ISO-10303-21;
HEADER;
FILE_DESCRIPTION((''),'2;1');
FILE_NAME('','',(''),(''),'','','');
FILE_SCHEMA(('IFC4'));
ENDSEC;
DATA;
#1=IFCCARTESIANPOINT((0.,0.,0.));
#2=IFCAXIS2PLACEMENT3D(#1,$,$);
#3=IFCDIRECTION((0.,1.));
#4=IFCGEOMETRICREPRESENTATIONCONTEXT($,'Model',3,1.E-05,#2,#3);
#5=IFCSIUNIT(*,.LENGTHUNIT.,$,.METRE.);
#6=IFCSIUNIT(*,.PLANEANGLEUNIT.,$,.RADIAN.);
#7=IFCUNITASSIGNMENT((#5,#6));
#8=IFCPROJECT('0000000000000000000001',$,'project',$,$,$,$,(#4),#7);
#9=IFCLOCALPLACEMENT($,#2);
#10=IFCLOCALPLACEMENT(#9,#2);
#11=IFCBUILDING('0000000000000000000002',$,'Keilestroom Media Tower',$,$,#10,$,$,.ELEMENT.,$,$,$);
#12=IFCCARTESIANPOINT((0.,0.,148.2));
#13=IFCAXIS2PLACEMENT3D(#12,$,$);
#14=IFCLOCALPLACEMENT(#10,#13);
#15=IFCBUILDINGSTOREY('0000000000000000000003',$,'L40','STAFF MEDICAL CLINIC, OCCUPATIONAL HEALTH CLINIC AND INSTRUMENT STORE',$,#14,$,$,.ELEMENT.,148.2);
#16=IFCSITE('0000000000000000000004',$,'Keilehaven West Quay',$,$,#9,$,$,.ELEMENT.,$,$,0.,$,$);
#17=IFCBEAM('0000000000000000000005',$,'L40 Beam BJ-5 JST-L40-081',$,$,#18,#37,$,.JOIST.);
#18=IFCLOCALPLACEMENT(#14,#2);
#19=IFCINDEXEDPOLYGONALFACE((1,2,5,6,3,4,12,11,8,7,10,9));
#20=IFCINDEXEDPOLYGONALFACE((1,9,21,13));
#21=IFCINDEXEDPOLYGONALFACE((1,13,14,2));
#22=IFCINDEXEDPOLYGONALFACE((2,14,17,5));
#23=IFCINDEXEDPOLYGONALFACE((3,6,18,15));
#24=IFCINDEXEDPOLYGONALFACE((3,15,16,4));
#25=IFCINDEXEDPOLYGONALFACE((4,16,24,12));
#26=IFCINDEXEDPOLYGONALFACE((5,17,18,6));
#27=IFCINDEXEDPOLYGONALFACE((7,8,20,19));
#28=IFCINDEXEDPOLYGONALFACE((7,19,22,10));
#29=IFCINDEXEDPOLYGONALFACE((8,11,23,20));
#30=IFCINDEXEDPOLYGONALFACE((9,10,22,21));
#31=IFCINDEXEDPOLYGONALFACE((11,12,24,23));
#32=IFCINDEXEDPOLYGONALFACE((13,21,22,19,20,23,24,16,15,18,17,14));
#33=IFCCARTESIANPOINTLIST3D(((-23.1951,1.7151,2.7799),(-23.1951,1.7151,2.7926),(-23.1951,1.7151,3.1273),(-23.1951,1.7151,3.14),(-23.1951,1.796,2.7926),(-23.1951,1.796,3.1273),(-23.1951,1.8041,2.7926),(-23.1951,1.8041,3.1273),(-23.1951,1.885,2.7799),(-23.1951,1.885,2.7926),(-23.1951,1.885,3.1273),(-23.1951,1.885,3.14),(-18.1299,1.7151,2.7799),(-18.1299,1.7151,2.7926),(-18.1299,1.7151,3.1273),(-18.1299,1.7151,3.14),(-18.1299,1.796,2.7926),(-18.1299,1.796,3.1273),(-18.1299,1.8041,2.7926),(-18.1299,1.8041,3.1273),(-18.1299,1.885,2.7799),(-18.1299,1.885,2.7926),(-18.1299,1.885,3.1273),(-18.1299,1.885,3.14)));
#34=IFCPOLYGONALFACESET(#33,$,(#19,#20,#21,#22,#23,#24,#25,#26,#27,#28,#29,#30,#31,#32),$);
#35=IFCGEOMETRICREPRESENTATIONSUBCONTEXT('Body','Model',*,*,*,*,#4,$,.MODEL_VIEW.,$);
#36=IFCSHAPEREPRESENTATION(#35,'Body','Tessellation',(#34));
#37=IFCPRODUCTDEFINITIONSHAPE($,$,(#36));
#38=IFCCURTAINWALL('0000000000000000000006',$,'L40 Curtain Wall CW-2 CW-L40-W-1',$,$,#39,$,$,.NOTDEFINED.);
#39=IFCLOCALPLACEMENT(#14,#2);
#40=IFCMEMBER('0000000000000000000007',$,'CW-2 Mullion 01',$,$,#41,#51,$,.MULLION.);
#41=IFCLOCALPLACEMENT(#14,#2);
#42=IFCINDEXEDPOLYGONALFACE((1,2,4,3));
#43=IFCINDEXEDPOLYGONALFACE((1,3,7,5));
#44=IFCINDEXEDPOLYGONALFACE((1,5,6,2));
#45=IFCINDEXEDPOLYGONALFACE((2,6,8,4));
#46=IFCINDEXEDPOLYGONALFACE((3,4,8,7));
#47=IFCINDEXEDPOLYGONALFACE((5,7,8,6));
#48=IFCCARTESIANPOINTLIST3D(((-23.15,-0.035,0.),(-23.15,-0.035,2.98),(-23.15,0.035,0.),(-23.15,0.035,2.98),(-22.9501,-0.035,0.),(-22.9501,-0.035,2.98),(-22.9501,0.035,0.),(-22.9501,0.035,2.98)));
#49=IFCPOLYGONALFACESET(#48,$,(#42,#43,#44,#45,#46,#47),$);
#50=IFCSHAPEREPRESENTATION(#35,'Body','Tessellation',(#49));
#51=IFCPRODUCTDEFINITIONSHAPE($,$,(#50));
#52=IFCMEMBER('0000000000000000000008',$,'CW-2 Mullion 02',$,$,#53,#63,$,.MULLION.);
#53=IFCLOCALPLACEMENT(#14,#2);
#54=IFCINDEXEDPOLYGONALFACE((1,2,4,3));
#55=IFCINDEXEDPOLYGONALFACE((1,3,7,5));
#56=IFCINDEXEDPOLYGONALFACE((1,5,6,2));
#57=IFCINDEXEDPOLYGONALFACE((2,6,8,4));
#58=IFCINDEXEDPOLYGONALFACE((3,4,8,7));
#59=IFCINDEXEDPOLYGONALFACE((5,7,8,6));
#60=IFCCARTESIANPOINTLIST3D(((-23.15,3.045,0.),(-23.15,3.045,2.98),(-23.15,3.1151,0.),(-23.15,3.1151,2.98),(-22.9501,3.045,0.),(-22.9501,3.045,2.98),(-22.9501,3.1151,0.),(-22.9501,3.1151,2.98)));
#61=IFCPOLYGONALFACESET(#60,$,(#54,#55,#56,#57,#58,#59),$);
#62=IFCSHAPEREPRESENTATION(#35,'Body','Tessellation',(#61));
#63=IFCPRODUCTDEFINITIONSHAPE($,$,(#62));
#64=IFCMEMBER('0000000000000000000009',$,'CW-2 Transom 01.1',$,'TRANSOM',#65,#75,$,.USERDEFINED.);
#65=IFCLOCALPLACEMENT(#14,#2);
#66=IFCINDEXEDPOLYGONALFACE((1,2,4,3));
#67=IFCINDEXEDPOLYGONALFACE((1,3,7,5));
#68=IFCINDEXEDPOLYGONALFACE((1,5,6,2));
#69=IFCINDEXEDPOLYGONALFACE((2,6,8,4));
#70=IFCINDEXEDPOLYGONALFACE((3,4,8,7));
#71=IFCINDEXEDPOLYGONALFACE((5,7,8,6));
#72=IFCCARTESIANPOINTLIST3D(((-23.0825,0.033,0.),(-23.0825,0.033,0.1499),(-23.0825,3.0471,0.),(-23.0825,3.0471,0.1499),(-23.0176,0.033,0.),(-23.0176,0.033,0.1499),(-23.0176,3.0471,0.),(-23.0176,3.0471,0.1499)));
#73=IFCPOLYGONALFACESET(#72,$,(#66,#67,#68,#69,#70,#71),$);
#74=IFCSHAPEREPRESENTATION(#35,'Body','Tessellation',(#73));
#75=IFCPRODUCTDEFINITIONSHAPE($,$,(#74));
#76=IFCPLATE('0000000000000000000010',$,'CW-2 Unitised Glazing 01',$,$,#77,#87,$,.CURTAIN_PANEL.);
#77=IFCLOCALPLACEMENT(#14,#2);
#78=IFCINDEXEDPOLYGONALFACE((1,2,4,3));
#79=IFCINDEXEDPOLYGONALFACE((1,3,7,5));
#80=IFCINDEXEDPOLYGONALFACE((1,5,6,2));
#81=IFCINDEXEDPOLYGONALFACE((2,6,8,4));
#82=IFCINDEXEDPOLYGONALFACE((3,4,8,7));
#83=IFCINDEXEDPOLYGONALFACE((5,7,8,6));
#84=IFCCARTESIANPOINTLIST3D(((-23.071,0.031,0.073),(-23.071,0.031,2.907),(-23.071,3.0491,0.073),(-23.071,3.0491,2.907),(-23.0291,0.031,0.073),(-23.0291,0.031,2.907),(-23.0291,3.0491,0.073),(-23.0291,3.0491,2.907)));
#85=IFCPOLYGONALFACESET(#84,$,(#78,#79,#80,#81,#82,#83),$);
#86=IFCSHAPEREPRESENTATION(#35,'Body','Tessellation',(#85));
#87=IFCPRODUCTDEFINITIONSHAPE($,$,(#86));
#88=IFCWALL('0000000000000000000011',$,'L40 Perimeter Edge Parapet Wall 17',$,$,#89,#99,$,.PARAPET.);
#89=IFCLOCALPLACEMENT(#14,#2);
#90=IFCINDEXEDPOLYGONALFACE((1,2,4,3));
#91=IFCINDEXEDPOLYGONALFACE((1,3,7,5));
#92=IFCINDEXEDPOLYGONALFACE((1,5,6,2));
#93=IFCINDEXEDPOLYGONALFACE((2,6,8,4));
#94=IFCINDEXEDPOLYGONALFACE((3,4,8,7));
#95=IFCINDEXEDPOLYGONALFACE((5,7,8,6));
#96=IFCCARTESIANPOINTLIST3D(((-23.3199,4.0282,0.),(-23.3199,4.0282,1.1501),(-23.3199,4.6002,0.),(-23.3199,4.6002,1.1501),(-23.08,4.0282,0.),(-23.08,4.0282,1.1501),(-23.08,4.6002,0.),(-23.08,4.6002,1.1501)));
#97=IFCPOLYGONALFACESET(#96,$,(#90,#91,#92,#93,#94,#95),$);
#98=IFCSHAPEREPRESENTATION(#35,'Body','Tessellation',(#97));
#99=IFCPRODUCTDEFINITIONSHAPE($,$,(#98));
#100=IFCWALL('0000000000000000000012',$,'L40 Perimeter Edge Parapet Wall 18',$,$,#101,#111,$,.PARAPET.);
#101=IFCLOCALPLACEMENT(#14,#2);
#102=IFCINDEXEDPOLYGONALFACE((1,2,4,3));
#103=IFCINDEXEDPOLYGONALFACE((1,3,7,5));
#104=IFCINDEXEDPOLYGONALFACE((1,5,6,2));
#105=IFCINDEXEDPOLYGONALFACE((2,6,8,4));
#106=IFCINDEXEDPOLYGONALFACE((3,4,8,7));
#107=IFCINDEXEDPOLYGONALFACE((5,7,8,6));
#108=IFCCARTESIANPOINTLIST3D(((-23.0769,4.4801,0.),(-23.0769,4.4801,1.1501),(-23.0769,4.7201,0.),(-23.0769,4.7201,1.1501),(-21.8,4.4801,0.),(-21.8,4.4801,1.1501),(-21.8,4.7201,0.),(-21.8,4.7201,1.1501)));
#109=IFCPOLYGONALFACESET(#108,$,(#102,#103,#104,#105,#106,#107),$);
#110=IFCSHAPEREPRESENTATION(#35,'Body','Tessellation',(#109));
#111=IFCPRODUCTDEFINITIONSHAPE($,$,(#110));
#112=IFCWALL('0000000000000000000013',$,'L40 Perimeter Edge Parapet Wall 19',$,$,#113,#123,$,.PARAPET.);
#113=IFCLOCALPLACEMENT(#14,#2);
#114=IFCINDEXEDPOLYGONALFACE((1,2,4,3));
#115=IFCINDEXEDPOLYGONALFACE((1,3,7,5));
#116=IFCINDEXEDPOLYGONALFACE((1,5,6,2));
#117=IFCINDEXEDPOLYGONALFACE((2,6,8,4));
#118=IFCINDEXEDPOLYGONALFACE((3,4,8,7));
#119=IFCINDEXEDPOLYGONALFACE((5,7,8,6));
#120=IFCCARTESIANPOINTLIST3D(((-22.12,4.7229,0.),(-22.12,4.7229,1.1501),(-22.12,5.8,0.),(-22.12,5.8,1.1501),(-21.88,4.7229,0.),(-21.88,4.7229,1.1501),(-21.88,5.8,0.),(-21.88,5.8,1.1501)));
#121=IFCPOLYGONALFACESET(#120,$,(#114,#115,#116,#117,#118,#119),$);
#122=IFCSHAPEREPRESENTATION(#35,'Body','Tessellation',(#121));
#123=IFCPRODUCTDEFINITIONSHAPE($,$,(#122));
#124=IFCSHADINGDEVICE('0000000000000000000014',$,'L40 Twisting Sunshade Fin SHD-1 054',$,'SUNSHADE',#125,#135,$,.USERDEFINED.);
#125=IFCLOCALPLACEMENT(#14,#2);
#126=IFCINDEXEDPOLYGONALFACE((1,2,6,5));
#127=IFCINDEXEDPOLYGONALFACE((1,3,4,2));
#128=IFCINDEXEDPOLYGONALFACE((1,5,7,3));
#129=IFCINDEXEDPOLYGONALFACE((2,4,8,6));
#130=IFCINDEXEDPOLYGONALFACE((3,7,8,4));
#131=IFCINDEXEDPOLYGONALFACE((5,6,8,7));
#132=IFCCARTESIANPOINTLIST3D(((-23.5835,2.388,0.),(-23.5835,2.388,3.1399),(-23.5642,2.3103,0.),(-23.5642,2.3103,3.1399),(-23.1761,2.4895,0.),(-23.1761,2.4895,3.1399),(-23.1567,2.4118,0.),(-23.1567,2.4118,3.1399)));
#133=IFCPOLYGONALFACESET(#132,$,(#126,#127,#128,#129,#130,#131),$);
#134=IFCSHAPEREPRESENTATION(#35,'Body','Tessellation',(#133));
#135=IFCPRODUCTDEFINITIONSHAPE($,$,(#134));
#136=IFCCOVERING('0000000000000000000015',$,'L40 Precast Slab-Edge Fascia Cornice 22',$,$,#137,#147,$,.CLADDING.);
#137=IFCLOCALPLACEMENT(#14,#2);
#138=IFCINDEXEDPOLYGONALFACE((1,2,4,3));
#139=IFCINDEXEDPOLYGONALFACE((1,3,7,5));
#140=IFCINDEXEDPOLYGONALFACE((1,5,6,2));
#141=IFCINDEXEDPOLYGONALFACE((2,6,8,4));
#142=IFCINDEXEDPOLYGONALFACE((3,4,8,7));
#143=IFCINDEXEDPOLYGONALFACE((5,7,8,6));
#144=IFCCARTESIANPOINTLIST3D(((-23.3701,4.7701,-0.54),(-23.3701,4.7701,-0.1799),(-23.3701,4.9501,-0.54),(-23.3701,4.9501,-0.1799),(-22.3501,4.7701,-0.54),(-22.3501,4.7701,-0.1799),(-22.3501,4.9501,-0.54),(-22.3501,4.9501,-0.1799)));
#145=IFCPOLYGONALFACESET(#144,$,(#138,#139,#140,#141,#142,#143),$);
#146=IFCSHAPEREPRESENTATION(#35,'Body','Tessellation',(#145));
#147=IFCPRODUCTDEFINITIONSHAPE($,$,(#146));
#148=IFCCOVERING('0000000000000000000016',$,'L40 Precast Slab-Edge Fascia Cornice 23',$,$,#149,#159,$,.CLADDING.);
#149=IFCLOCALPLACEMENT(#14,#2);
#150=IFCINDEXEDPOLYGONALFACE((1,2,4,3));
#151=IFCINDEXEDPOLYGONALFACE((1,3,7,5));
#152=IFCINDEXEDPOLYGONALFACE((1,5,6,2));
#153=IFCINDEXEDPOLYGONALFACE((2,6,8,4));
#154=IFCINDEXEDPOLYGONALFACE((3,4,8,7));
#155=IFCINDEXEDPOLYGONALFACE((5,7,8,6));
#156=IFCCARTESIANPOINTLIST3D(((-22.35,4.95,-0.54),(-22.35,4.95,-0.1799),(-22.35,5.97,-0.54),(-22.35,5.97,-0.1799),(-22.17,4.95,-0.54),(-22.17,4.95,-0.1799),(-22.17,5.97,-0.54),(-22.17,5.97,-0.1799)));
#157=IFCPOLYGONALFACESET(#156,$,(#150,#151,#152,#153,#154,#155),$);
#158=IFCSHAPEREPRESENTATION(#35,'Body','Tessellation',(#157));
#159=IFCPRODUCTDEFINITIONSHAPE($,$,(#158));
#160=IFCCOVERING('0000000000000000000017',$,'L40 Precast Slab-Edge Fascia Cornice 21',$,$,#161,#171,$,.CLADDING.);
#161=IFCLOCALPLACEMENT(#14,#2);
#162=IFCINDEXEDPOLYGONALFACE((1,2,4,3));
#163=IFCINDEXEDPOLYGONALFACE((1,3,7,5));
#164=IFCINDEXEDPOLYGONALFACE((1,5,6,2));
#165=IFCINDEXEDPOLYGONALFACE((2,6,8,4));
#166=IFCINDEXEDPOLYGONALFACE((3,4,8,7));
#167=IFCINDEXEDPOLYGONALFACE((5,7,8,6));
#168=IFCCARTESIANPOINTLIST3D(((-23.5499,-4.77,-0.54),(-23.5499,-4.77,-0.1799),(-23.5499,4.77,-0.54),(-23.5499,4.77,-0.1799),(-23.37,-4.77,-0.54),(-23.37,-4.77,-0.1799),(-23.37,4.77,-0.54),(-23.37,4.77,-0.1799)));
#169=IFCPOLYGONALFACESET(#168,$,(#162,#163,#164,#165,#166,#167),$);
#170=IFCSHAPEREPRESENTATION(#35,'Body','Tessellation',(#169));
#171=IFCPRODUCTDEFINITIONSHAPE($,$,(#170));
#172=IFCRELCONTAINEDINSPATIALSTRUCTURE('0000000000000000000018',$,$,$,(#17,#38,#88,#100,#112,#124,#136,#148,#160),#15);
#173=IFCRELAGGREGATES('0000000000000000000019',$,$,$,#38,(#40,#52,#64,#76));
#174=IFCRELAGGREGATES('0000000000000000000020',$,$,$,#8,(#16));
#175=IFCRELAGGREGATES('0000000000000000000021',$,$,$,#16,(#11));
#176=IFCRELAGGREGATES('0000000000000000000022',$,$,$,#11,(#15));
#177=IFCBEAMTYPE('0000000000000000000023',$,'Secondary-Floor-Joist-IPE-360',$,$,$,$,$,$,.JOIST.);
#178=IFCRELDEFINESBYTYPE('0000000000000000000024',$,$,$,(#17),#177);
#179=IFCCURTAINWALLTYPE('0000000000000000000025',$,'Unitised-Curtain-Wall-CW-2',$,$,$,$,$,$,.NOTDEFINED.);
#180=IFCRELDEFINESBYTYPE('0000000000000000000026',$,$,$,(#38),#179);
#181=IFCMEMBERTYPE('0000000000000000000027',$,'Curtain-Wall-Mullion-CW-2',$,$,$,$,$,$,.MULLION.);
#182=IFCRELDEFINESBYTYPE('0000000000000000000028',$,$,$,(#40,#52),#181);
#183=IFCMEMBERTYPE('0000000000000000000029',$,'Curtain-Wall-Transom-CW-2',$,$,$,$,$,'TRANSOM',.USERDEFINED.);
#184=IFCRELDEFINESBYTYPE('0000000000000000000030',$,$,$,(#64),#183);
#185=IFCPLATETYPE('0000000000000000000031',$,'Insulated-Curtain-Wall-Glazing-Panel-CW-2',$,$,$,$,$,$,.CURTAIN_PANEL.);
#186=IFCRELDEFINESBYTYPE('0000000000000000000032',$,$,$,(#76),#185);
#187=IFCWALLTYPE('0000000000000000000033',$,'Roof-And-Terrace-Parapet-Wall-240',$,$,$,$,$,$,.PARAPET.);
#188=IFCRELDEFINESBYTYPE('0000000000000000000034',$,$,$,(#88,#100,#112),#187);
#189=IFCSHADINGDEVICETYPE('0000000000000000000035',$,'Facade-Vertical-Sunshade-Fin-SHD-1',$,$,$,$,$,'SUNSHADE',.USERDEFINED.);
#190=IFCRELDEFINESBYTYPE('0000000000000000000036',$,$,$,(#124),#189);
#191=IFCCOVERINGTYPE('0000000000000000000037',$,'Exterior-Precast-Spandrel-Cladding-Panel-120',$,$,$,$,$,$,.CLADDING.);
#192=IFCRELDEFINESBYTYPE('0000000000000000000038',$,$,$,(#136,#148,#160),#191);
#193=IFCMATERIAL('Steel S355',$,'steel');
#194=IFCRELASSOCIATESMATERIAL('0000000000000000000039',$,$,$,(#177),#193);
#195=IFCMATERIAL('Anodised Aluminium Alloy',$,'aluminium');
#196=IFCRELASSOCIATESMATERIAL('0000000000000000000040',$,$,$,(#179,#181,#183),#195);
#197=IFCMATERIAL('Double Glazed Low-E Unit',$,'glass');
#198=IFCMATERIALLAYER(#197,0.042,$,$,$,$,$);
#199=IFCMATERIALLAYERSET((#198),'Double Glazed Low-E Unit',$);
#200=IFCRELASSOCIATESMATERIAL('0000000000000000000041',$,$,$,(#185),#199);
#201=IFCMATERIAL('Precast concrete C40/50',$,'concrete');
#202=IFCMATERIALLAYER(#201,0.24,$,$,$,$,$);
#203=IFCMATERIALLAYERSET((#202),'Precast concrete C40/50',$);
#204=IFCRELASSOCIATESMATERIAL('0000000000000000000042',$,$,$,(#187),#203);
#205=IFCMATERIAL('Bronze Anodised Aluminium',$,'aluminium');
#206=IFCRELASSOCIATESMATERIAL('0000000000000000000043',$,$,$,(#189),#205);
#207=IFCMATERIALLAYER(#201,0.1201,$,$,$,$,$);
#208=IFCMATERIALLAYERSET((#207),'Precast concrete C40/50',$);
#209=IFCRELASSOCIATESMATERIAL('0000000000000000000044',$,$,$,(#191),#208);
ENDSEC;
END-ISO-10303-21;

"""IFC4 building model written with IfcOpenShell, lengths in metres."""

from ifc_helpers import new_model, si_unit, direction, frame, frame_2d, origin, origin_2d, place, context, subcontext, project, spatial, rectangle, i_section, extrude, source, transform, mapped, material, layer, layer_set, material_profile, profile_set, type_object, element, aggregate, save


model = new_model("IFC4")

# Units and contexts
model_context = context("Model", 3, precision=1e-05, world=origin(), true_north=direction((0.0, 1.0)))
body_context = subcontext(model_context, "Body", "Model", "MODEL_VIEW")
ifc_project = project(units=[si_unit("LENGTHUNIT", "METRE"), si_unit("PLANEANGLEUNIT", "RADIAN")], contexts=[model_context])

# Site, building, storey
site_placement = place(None, origin())
site = spatial("IfcSite", under=ifc_project, at=site_placement, Name="Keilehaven West Quay", CompositionType="ELEMENT", RefElevation=0.0)
building_placement = place(site_placement, origin())
building = spatial("IfcBuilding", under=site, at=building_placement, Name="Keilestroom Media Tower", CompositionType="ELEMENT")
storey_placement = place(building_placement, frame((0.0, 0.0, 148.2)))
storey = spatial("IfcBuildingStorey", under=building, at=storey_placement, Name="L40", Description="STAFF MEDICAL CLINIC, OCCUPATIONAL HEALTH CLINIC AND INSTRUMENT STORE", CompositionType="ELEMENT", Elevation=148.2)

# Shared definitions
ifc_material_1 = material(Name="Precast concrete C40/50", Category="concrete")
ifc_material_2 = material(Name="Steel S355", Category="steel")

# Beam
ifc_material_profile_1 = material_profile(ifc_material_2, i_section(OverallWidth=0.1699, OverallDepth=0.3601, WebThickness=0.0081, FlangeThickness=0.0127, at=origin_2d()), Name="IPE 360")
ifc_profile_set_1 = profile_set([ifc_material_profile_1], Name="Steel S355")
beam_type_1 = type_object("IfcBeamType", Name="Secondary-Floor-Joist-IPE-360", PredefinedType="JOIST", material=ifc_profile_set_1)
shared_shape_1 = source(origin(), body_context, "Body", "SweptSolid", [
    extrude(i_section(OverallWidth=0.1699, OverallDepth=0.3601, WebThickness=0.0081, FlangeThickness=0.0127, at=origin_2d()), origin(), (0.0, 0.0, 1.0), 5.0652),
])
for number, where, z_axis, x_axis, name in (
    (1, (-23.1951, 1.8, 2.96), (1.0, 0.0, 0.0), (0.0, 1.0, 0.0), "L40 Beam BJ-5 JST-L40-081"),
):
    element("IfcBeam", number, at=place(storey_placement, frame(where, z_axis=z_axis, x_axis=x_axis)), inside=storey, type_object=beam_type_1, Name=name, PredefinedType="JOIST", context=body_context, shape_type="MappedRepresentation", body=[
        mapped(shared_shape_1, transform((0.0, 0.0, 0.0), x_axis=(1.0, 0.0, 0.0), y_axis=(0.0, 1.0, 0.0), z_axis=(0.0, 0.0, 1.0), scale=1.0)),
    ])

# Curtain wall, members, plate
ifc_material_3 = material(Name="Anodised Aluminium Alloy", Category="aluminium")
curtain_wall_type = type_object("IfcCurtainWallType", Name="Unitised-Curtain-Wall-CW-2", PredefinedType="NOTDEFINED", material=ifc_material_3)
curtain_wall_placement = place(storey_placement, origin())
curtain_wall = element("IfcCurtainWall", 2, at=curtain_wall_placement, inside=storey, type_object=curtain_wall_type, Name="L40 Curtain Wall CW-2 CW-L40-W-1", PredefinedType="NOTDEFINED")
ifc_material_profile_2 = material_profile(ifc_material_3, rectangle(XDim=0.0701, YDim=0.2, at=origin_2d()), Name="ALU MULLION 70x200")
ifc_profile_set_2 = profile_set([ifc_material_profile_2], Name="Anodised Aluminium Alloy")
member_type_1 = type_object("IfcMemberType", Name="Curtain-Wall-Mullion-CW-2", PredefinedType="MULLION", material=ifc_profile_set_2)
shared_shape_2 = source(origin(), body_context, "Body", "SweptSolid", [
    extrude(rectangle(XDim=0.0701, YDim=0.2, at=origin_2d()), origin(), (0.0, 0.0, 1.0), 2.98),
])
member_1_placement = place(storey_placement, frame((-23.05, 0.0, 0.0), z_axis=(0.0, 0.0, 1.0), x_axis=(0.0, 1.0, 0.0)))
member_1 = element("IfcMember", 3, at=member_1_placement, type_object=member_type_1, Name="CW-2 Mullion 01", PredefinedType="MULLION", context=body_context, shape_type="MappedRepresentation", body=[
    mapped(shared_shape_2, transform((0.0, 0.0, 0.0), x_axis=(1.0, 0.0, 0.0), y_axis=(0.0, 1.0, 0.0), z_axis=(0.0, 0.0, 1.0), scale=1.0)),
])
member_2_placement = place(storey_placement, frame((-23.05, 3.0801, 0.0), z_axis=(0.0, 0.0, 1.0), x_axis=(0.0, 1.0, 0.0)))
member_2 = element("IfcMember", 4, at=member_2_placement, type_object=member_type_1, Name="CW-2 Mullion 02", PredefinedType="MULLION", context=body_context, shape_type="MappedRepresentation", body=[
    mapped(shared_shape_2, transform((0.0, 0.0, 0.0), x_axis=(1.0, 0.0, 0.0), y_axis=(0.0, 1.0, 0.0), z_axis=(0.0, 0.0, 1.0), scale=1.0)),
])
ifc_material_profile_3 = material_profile(ifc_material_3, rectangle(XDim=0.0649, YDim=0.1499, at=origin_2d()), Name="ALU TRANSOM 65x150")
ifc_profile_set_3 = profile_set([ifc_material_profile_3], Name="Anodised Aluminium Alloy")
member_type_2 = type_object("IfcMemberType", Name="Curtain-Wall-Transom-CW-2", ElementType="TRANSOM", PredefinedType="USERDEFINED", material=ifc_profile_set_3)
shared_shape_3 = source(origin(), body_context, "Body", "SweptSolid", [
    extrude(rectangle(XDim=0.0649, YDim=0.1499, at=origin_2d()), origin(), (0.0, 0.0, 1.0), 3.0142),
])
member_3_placement = place(storey_placement, frame((-23.05, 0.033, 0.075), z_axis=(0.0, 1.0, 0.0), x_axis=(-1.0, 0.0, 0.0)))
member_3 = element("IfcMember", 5, at=member_3_placement, type_object=member_type_2, Name="CW-2 Transom 01.1", ObjectType="TRANSOM", PredefinedType="USERDEFINED", context=body_context, shape_type="MappedRepresentation", body=[
    mapped(shared_shape_3, transform((0.0, 0.0, 0.0), x_axis=(1.0, 0.0, 0.0), y_axis=(0.0, 1.0, 0.0), z_axis=(0.0, 0.0, 1.0), scale=1.0)),
])
ifc_material_4 = material(Name="Double Glazed Low-E Unit", Category="glass")
ifc_layer_1 = layer(ifc_material_4, 0.042)
ifc_layer_set_1 = layer_set([ifc_layer_1], Name="Double Glazed Low-E Unit")
plate_type = type_object("IfcPlateType", Name="Insulated-Curtain-Wall-Glazing-Panel-CW-2", PredefinedType="CURTAIN_PANEL", material=ifc_layer_set_1)
shared_shape_4 = source(origin(), body_context, "Body", "SweptSolid", [
    extrude(rectangle(XDim=3.0181, YDim=0.042, at=origin_2d()), origin(), (0.0, 0.0, 1.0), 2.834),
])
plate_placement = place(storey_placement, frame((-23.05, 1.54, 0.073), z_axis=(0.0, 0.0, 1.0), x_axis=(0.0, 1.0, 0.0)))
plate = element("IfcPlate", 6, at=plate_placement, type_object=plate_type, Name="CW-2 Unitised Glazing 01", PredefinedType="CURTAIN_PANEL", context=body_context, shape_type="MappedRepresentation", body=[
    mapped(shared_shape_4, transform((0.0, 0.0, 0.0), x_axis=(1.0, 0.0, 0.0), y_axis=(0.0, 1.0, 0.0), z_axis=(0.0, 0.0, 1.0), scale=1.0)),
])
aggregate(curtain_wall, [member_1, member_2, member_3, plate])

# Walls
ifc_layer_2 = layer(ifc_material_1, 0.24)
ifc_layer_set_2 = layer_set([ifc_layer_2], Name="Precast concrete C40/50")
wall_type = type_object("IfcWallType", Name="Roof-And-Terrace-Parapet-Wall-240", PredefinedType="PARAPET", material=ifc_layer_set_2)
wall_1_placement = place(storey_placement, frame((-23.2, 4.0281, 0.0), z_axis=(0.0, 0.0, 1.0), x_axis=(0.0, 1.0, 0.0)))
element("IfcWall", 7, at=wall_1_placement, inside=storey, type_object=wall_type, Name="L40 Perimeter Edge Parapet Wall 17", PredefinedType="PARAPET", context=body_context, shape_type="SweptSolid", body=[
    extrude(rectangle(XDim=0.572, YDim=0.24, at=frame_2d((0.2861, 0.0))), origin(), (0.0, 0.0, 1.0), 1.1501),
])
wall_2_placement = place(storey_placement, frame((-23.0769, 4.6001, 0.0), z_axis=(0.0, 0.0, 1.0), x_axis=(1.0, 0.0, 0.0)))
element("IfcWall", 8, at=wall_2_placement, inside=storey, type_object=wall_type, Name="L40 Perimeter Edge Parapet Wall 18", PredefinedType="PARAPET", context=body_context, shape_type="SweptSolid", body=[
    extrude(rectangle(XDim=1.2769, YDim=0.24, at=frame_2d((0.6384, 0.0))), origin(), (0.0, 0.0, 1.0), 1.1501),
])
wall_3_placement = place(storey_placement, frame((-22.0, 4.7229, 0.0), z_axis=(0.0, 0.0, 1.0), x_axis=(0.0, 1.0, 0.0)))
element("IfcWall", 9, at=wall_3_placement, inside=storey, type_object=wall_type, Name="L40 Perimeter Edge Parapet Wall 19", PredefinedType="PARAPET", context=body_context, shape_type="SweptSolid", body=[
    extrude(rectangle(XDim=1.0771, YDim=0.24, at=frame_2d((0.5386, 0.0))), origin(), (0.0, 0.0, 1.0), 1.1501),
])

# Shading device
ifc_material_5 = material(Name="Bronze Anodised Aluminium", Category="aluminium")
shading_device_type = type_object("IfcShadingDeviceType", Name="Facade-Vertical-Sunshade-Fin-SHD-1", ElementType="SUNSHADE", PredefinedType="USERDEFINED", material=ifc_material_5)
shared_shape_5 = source(origin(), body_context, "Body", "SweptSolid", [
    extrude(rectangle(XDim=0.4199, YDim=0.0801, at=origin_2d()), origin(), (0.0, 0.0, 1.0), 3.1399),
])
shading_device_placement = place(storey_placement, frame((-23.3701, 2.3999, 0.0), z_axis=(0.0, 0.0, 1.0), x_axis=(0.970296, 0.241922, 0.0)))
element("IfcShadingDevice", 10, at=shading_device_placement, inside=storey, type_object=shading_device_type, Name="L40 Twisting Sunshade Fin SHD-1 054", ObjectType="SUNSHADE", PredefinedType="USERDEFINED", context=body_context, shape_type="MappedRepresentation", body=[
    mapped(shared_shape_5, transform((0.0, 0.0, 0.0), x_axis=(1.0, 0.0, 0.0), y_axis=(0.0, 1.0, 0.0), z_axis=(0.0, 0.0, 1.0), scale=1.0)),
])

# Coverings
ifc_layer_3 = layer(ifc_material_1, 0.1201)
ifc_layer_set_3 = layer_set([ifc_layer_3], Name="Precast concrete C40/50")
covering_type = type_object("IfcCoveringType", Name="Exterior-Precast-Spandrel-Cladding-Panel-120", PredefinedType="CLADDING", material=ifc_layer_set_3)
shared_shape_6 = source(origin(), body_context, "Body", "SweptSolid", [
    extrude(rectangle(XDim=1.02, YDim=0.1799, at=origin_2d()), origin(), (0.0, 0.0, 1.0), 0.3601),
])
for number, where, z_axis, x_axis, name in (
    (11, (-22.8601, 4.8601, -0.54), (0.0, 0.0, 1.0), (1.0, 0.0, 0.0), "L40 Precast Slab-Edge Fascia Cornice 22"),
    (12, (-22.26, 5.46, -0.54), (0.0, 0.0, 1.0), (0.0, 1.0, 0.0), "L40 Precast Slab-Edge Fascia Cornice 23"),
):
    element("IfcCovering", number, at=place(storey_placement, frame(where, z_axis=z_axis, x_axis=x_axis)), inside=storey, type_object=covering_type, Name=name, PredefinedType="CLADDING", context=body_context, shape_type="MappedRepresentation", body=[
        mapped(shared_shape_6, transform((0.0, 0.0, 0.0), x_axis=(1.0, 0.0, 0.0), y_axis=(0.0, 1.0, 0.0), z_axis=(0.0, 0.0, 1.0), scale=1.0)),
    ])
shared_shape_7 = source(origin(), body_context, "Body", "SweptSolid", [
    extrude(rectangle(XDim=9.54, YDim=0.1799, at=origin_2d()), origin(), (0.0, 0.0, 1.0), 0.3601),
])
covering_placement = place(storey_placement, frame((-23.46, 0.0, -0.54), z_axis=(0.0, 0.0, 1.0), x_axis=(0.0, 1.0, 0.0)))
element("IfcCovering", 13, at=covering_placement, inside=storey, type_object=covering_type, Name="L40 Precast Slab-Edge Fascia Cornice 21", PredefinedType="CLADDING", context=body_context, shape_type="MappedRepresentation", body=[
    mapped(shared_shape_7, transform((0.0, 0.0, 0.0), x_axis=(1.0, 0.0, 0.0), y_axis=(0.0, 1.0, 0.0), z_axis=(0.0, 0.0, 1.0), scale=1.0)),
])

save(model, "model.ifc")
